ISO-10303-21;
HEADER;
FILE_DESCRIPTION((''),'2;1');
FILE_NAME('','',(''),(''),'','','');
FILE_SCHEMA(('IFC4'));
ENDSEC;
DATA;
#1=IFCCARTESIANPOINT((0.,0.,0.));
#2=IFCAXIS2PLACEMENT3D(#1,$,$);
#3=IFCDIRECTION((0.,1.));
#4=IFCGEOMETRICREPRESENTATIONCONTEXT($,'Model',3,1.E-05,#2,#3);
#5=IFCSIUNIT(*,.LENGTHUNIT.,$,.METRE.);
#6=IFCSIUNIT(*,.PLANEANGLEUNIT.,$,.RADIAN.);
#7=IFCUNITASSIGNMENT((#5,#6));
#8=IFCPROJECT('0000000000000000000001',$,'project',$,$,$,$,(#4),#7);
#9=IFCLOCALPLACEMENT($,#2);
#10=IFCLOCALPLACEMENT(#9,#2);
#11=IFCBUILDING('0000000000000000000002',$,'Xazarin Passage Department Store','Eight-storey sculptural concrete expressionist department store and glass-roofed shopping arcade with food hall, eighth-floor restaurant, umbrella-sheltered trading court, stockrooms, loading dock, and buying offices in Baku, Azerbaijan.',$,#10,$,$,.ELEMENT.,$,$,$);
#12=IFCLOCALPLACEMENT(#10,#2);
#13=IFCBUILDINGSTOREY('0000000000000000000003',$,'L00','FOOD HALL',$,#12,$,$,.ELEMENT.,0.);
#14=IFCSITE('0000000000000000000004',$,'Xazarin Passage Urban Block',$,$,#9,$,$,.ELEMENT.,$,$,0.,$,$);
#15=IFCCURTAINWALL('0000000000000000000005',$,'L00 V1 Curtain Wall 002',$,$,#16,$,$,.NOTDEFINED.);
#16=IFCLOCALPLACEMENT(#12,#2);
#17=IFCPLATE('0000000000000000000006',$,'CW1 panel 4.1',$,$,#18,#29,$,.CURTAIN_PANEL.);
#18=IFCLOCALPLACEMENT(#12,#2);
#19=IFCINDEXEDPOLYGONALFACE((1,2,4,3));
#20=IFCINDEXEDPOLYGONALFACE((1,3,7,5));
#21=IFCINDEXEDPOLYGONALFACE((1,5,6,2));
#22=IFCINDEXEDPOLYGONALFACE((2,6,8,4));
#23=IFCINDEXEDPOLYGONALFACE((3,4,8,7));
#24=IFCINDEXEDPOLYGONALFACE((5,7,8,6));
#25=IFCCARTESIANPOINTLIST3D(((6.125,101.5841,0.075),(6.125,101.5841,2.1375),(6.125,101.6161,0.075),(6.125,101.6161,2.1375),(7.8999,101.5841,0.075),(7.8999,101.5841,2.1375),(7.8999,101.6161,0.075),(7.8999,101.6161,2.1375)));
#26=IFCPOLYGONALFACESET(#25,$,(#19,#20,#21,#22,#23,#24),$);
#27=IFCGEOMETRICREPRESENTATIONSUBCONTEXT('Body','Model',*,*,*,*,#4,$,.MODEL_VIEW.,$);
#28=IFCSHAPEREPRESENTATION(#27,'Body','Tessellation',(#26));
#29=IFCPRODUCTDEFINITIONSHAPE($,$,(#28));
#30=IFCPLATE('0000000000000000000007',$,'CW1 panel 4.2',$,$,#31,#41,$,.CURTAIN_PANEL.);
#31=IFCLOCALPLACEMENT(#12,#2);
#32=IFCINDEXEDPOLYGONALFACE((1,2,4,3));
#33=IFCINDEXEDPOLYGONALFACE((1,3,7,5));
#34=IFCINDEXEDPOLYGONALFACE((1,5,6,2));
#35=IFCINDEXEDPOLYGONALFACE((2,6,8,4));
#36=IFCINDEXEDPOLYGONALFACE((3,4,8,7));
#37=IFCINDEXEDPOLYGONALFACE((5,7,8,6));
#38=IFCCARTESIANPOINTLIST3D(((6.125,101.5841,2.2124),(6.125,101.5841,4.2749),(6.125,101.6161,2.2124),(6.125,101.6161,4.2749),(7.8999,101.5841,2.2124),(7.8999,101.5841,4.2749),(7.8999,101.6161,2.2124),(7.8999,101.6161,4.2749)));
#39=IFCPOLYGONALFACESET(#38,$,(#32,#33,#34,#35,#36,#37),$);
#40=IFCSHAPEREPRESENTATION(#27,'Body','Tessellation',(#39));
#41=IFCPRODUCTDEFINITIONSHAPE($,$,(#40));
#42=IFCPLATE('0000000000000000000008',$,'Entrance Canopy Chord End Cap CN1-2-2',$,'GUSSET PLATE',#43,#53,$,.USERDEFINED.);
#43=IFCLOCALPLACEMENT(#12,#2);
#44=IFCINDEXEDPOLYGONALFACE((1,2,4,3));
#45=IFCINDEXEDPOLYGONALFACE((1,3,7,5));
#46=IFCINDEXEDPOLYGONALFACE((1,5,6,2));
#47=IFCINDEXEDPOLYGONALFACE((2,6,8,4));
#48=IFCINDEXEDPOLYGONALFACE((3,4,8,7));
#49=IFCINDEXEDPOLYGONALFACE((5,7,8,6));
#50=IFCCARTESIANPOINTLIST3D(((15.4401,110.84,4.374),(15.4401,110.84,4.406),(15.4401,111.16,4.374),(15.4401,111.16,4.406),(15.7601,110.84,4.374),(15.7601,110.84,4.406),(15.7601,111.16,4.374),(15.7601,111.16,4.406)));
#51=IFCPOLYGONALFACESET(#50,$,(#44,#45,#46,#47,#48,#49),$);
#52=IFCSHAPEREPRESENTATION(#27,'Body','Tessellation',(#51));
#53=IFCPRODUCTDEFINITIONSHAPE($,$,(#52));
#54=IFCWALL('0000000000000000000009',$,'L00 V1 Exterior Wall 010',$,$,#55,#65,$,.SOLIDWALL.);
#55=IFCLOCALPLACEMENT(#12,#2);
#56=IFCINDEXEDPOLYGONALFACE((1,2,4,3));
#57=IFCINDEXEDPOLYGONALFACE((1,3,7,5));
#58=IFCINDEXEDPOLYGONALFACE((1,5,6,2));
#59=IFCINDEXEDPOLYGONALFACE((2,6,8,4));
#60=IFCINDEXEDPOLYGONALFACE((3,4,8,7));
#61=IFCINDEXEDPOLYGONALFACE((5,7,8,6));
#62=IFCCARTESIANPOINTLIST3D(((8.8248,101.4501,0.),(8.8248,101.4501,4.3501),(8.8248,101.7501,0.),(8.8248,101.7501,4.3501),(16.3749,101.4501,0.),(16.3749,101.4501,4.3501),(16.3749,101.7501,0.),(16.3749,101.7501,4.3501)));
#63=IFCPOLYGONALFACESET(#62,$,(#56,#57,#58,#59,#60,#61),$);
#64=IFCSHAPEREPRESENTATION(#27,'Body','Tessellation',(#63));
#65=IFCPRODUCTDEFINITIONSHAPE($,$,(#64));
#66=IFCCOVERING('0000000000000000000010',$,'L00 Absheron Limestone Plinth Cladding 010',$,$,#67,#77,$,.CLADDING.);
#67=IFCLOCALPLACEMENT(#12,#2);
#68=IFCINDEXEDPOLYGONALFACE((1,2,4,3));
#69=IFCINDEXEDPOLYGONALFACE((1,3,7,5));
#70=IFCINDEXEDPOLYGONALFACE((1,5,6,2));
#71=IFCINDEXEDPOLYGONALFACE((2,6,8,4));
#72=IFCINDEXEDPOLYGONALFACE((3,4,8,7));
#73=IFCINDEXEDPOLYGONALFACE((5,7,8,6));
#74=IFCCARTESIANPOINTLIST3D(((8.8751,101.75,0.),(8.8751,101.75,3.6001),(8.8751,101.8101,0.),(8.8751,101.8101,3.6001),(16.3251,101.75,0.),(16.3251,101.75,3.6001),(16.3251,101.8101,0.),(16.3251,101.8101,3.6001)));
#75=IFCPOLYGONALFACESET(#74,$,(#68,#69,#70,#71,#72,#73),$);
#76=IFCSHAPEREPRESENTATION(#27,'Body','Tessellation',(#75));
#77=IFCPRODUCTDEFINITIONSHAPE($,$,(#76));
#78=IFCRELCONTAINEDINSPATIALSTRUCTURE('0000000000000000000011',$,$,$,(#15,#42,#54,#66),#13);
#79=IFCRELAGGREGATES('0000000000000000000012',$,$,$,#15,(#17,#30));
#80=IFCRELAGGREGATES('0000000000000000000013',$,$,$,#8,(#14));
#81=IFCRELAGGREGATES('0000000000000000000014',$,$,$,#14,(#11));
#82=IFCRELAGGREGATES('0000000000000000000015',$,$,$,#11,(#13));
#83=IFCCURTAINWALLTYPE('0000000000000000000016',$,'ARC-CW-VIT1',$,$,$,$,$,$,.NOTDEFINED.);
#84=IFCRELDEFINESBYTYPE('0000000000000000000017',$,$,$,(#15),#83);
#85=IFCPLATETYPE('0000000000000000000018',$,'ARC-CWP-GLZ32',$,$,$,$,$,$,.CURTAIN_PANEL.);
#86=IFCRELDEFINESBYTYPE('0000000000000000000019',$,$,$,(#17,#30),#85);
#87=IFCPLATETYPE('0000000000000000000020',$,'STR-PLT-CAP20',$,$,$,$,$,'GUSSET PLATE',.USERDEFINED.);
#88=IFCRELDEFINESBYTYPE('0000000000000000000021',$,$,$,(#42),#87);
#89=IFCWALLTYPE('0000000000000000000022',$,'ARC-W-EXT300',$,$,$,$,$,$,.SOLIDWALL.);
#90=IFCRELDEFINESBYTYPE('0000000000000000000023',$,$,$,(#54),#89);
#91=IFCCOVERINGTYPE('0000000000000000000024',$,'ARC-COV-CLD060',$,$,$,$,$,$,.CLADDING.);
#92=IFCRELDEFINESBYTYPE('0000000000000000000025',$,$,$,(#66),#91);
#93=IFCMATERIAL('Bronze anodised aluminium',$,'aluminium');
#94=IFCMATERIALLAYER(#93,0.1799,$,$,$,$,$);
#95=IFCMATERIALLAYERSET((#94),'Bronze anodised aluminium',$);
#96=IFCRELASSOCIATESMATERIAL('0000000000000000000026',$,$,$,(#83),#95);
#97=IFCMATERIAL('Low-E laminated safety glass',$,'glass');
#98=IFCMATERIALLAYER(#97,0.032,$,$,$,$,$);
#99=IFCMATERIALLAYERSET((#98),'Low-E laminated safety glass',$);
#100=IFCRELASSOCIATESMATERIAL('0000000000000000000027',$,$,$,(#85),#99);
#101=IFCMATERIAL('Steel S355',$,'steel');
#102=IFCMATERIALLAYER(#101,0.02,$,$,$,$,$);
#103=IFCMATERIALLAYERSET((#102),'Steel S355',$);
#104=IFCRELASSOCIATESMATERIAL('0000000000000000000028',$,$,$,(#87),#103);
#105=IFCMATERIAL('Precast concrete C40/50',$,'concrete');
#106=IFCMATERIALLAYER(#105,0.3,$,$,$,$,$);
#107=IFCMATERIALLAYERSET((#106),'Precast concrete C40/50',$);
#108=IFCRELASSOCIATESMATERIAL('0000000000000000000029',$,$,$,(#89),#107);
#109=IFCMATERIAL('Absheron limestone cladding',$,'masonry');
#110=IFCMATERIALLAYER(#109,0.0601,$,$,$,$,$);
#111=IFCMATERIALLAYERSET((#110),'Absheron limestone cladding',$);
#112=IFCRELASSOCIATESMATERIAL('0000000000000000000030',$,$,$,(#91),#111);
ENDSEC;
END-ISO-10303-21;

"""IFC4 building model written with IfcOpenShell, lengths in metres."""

from ifc_helpers import new_model, si_unit, direction, frame, frame_2d, origin, origin_2d, place, context, subcontext, project, spatial, rectangle, extrude, material, layer, layer_set, type_object, element, aggregate, save


model = new_model("IFC4")

# Units and contexts
model_context = context("Model", 3, precision=1e-05, world=origin(), true_north=direction((0.0, 1.0)))
body_context = subcontext(model_context, "Body", "Model", "MODEL_VIEW")
ifc_project = project(units=[si_unit("LENGTHUNIT", "METRE"), si_unit("PLANEANGLEUNIT", "RADIAN")], contexts=[model_context])

# Site, building, storey
site_placement = place(None, origin())
site = spatial("IfcSite", under=ifc_project, at=site_placement, Name="Xazarin Passage Urban Block", CompositionType="ELEMENT", RefElevation=0.0)
building_placement = place(site_placement, origin())
building = spatial("IfcBuilding", under=site, at=building_placement, Name="Xazarin Passage Department Store", Description="Eight-storey sculptural concrete expressionist department store and glass-roofed shopping arcade with food hall, eighth-floor restaurant, umbrella-sheltered trading court, stockrooms, loading dock, and buying offices in Baku, Azerbaijan.", CompositionType="ELEMENT")
storey_placement = place(building_placement, origin())
storey = spatial("IfcBuildingStorey", under=building, at=storey_placement, Name="L00", Description="FOOD HALL", CompositionType="ELEMENT", Elevation=0.0)

# Curtain wall
ifc_material_1 = material(Name="Bronze anodised aluminium", Category="aluminium")
ifc_layer_1 = layer(ifc_material_1, 0.1799)
ifc_layer_set_1 = layer_set([ifc_layer_1], Name="Bronze anodised aluminium")
curtain_wall_type = type_object("IfcCurtainWallType", Name="ARC-CW-VIT1", PredefinedType="NOTDEFINED", material=ifc_layer_set_1)
curtain_wall_placement = place(storey_placement, origin())
curtain_wall = element("IfcCurtainWall", 1, at=curtain_wall_placement, inside=storey, type_object=curtain_wall_type, Name="L00 V1 Curtain Wall 002", PredefinedType="NOTDEFINED")

# Shared definitions
ifc_material_2 = material(Name="Steel S355", Category="steel")

# Plates
ifc_material_3 = material(Name="Low-E laminated safety glass", Category="glass")
ifc_layer_2 = layer(ifc_material_3, 0.032)
ifc_layer_set_2 = layer_set([ifc_layer_2], Name="Low-E laminated safety glass")
plate_type_1 = type_object("IfcPlateType", Name="ARC-CWP-GLZ32", PredefinedType="CURTAIN_PANEL", material=ifc_layer_set_2)
plate_1_placement = place(storey_placement, frame((7.0125, 101.6001, 0.075), z_axis=(0.0, 0.0, 1.0), x_axis=(1.0, 0.0, 0.0)))
plate_1 = element("IfcPlate", 2, at=plate_1_placement, type_object=plate_type_1, Name="CW1 panel 4.1", PredefinedType="CURTAIN_PANEL", context=body_context, shape_type="SweptSolid", body=[
    extrude(rectangle(XDim=1.7749, YDim=0.032, at=origin_2d()), origin(), (0.0, 0.0, 1.0), 2.0625),
])
plate_2_placement = place(storey_placement, frame((7.0125, 101.6001, 2.2124), z_axis=(0.0, 0.0, 1.0), x_axis=(1.0, 0.0, 0.0)))
plate_2 = element("IfcPlate", 3, at=plate_2_placement, type_object=plate_type_1, Name="CW1 panel 4.2", PredefinedType="CURTAIN_PANEL", context=body_context, shape_type="SweptSolid", body=[
    extrude(rectangle(XDim=1.7749, YDim=0.032, at=origin_2d()), origin(), (0.0, 0.0, 1.0), 2.0625),
])
aggregate(curtain_wall, [plate_1, plate_2])
ifc_layer_3 = layer(ifc_material_2, 0.02)
ifc_layer_set_3 = layer_set([ifc_layer_3], Name="Steel S355")
plate_type_2 = type_object("IfcPlateType", Name="STR-PLT-CAP20", ElementType="GUSSET PLATE", PredefinedType="USERDEFINED", material=ifc_layer_set_3)
plate_3_placement = place(storey_placement, frame((15.6001, 111.0, 4.374), z_axis=(0.0, 0.0, 1.0), x_axis=(1.0, 0.0, 0.0)))
element("IfcPlate", 4, at=plate_3_placement, inside=storey, type_object=plate_type_2, Name="Entrance Canopy Chord End Cap CN1-2-2", ObjectType="GUSSET PLATE", PredefinedType="USERDEFINED", context=body_context, shape_type="SweptSolid", body=[
    extrude(rectangle(XDim=0.3201, YDim=0.3201, at=origin_2d()), origin(), (0.0, 0.0, 1.0), 0.032),
])

# Wall
ifc_material_4 = material(Name="Precast concrete C40/50", Category="concrete")
ifc_layer_4 = layer(ifc_material_4, 0.3)
ifc_layer_set_4 = layer_set([ifc_layer_4], Name="Precast concrete C40/50")
wall_type = type_object("IfcWallType", Name="ARC-W-EXT300", PredefinedType="SOLIDWALL", material=ifc_layer_set_4)
wall_placement = place(storey_placement, frame((8.825, 101.6001, 0.0), z_axis=(0.0, 0.0, 1.0), x_axis=(1.0, 0.0, 0.0)))
element("IfcWall", 5, at=wall_placement, inside=storey, type_object=wall_type, Name="L00 V1 Exterior Wall 010", PredefinedType="SOLIDWALL", context=body_context, shape_type="SweptSolid", body=[
    extrude(rectangle(XDim=7.55, YDim=0.3, at=frame_2d((3.7749, 0.0))), origin(), (0.0, 0.0, 1.0), 4.3501),
])

# Covering
ifc_material_5 = material(Name="Absheron limestone cladding", Category="masonry")
ifc_layer_5 = layer(ifc_material_5, 0.0601)
ifc_layer_set_5 = layer_set([ifc_layer_5], Name="Absheron limestone cladding")
covering_type = type_object("IfcCoveringType", Name="ARC-COV-CLD060", PredefinedType="CLADDING", material=ifc_layer_set_5)
covering_placement = place(storey_placement, frame((12.6001, 101.78, 0.0), z_axis=(0.0, 0.0, 1.0), x_axis=(1.0, 0.0, 0.0)))
element("IfcCovering", 6, at=covering_placement, inside=storey, type_object=covering_type, Name="L00 Absheron Limestone Plinth Cladding 010", PredefinedType="CLADDING", context=body_context, shape_type="SweptSolid", body=[
    extrude(rectangle(XDim=7.45, YDim=0.0601, at=origin_2d()), origin(), (0.0, 0.0, 1.0), 3.6001),
])

save(model, "model.ifc")
